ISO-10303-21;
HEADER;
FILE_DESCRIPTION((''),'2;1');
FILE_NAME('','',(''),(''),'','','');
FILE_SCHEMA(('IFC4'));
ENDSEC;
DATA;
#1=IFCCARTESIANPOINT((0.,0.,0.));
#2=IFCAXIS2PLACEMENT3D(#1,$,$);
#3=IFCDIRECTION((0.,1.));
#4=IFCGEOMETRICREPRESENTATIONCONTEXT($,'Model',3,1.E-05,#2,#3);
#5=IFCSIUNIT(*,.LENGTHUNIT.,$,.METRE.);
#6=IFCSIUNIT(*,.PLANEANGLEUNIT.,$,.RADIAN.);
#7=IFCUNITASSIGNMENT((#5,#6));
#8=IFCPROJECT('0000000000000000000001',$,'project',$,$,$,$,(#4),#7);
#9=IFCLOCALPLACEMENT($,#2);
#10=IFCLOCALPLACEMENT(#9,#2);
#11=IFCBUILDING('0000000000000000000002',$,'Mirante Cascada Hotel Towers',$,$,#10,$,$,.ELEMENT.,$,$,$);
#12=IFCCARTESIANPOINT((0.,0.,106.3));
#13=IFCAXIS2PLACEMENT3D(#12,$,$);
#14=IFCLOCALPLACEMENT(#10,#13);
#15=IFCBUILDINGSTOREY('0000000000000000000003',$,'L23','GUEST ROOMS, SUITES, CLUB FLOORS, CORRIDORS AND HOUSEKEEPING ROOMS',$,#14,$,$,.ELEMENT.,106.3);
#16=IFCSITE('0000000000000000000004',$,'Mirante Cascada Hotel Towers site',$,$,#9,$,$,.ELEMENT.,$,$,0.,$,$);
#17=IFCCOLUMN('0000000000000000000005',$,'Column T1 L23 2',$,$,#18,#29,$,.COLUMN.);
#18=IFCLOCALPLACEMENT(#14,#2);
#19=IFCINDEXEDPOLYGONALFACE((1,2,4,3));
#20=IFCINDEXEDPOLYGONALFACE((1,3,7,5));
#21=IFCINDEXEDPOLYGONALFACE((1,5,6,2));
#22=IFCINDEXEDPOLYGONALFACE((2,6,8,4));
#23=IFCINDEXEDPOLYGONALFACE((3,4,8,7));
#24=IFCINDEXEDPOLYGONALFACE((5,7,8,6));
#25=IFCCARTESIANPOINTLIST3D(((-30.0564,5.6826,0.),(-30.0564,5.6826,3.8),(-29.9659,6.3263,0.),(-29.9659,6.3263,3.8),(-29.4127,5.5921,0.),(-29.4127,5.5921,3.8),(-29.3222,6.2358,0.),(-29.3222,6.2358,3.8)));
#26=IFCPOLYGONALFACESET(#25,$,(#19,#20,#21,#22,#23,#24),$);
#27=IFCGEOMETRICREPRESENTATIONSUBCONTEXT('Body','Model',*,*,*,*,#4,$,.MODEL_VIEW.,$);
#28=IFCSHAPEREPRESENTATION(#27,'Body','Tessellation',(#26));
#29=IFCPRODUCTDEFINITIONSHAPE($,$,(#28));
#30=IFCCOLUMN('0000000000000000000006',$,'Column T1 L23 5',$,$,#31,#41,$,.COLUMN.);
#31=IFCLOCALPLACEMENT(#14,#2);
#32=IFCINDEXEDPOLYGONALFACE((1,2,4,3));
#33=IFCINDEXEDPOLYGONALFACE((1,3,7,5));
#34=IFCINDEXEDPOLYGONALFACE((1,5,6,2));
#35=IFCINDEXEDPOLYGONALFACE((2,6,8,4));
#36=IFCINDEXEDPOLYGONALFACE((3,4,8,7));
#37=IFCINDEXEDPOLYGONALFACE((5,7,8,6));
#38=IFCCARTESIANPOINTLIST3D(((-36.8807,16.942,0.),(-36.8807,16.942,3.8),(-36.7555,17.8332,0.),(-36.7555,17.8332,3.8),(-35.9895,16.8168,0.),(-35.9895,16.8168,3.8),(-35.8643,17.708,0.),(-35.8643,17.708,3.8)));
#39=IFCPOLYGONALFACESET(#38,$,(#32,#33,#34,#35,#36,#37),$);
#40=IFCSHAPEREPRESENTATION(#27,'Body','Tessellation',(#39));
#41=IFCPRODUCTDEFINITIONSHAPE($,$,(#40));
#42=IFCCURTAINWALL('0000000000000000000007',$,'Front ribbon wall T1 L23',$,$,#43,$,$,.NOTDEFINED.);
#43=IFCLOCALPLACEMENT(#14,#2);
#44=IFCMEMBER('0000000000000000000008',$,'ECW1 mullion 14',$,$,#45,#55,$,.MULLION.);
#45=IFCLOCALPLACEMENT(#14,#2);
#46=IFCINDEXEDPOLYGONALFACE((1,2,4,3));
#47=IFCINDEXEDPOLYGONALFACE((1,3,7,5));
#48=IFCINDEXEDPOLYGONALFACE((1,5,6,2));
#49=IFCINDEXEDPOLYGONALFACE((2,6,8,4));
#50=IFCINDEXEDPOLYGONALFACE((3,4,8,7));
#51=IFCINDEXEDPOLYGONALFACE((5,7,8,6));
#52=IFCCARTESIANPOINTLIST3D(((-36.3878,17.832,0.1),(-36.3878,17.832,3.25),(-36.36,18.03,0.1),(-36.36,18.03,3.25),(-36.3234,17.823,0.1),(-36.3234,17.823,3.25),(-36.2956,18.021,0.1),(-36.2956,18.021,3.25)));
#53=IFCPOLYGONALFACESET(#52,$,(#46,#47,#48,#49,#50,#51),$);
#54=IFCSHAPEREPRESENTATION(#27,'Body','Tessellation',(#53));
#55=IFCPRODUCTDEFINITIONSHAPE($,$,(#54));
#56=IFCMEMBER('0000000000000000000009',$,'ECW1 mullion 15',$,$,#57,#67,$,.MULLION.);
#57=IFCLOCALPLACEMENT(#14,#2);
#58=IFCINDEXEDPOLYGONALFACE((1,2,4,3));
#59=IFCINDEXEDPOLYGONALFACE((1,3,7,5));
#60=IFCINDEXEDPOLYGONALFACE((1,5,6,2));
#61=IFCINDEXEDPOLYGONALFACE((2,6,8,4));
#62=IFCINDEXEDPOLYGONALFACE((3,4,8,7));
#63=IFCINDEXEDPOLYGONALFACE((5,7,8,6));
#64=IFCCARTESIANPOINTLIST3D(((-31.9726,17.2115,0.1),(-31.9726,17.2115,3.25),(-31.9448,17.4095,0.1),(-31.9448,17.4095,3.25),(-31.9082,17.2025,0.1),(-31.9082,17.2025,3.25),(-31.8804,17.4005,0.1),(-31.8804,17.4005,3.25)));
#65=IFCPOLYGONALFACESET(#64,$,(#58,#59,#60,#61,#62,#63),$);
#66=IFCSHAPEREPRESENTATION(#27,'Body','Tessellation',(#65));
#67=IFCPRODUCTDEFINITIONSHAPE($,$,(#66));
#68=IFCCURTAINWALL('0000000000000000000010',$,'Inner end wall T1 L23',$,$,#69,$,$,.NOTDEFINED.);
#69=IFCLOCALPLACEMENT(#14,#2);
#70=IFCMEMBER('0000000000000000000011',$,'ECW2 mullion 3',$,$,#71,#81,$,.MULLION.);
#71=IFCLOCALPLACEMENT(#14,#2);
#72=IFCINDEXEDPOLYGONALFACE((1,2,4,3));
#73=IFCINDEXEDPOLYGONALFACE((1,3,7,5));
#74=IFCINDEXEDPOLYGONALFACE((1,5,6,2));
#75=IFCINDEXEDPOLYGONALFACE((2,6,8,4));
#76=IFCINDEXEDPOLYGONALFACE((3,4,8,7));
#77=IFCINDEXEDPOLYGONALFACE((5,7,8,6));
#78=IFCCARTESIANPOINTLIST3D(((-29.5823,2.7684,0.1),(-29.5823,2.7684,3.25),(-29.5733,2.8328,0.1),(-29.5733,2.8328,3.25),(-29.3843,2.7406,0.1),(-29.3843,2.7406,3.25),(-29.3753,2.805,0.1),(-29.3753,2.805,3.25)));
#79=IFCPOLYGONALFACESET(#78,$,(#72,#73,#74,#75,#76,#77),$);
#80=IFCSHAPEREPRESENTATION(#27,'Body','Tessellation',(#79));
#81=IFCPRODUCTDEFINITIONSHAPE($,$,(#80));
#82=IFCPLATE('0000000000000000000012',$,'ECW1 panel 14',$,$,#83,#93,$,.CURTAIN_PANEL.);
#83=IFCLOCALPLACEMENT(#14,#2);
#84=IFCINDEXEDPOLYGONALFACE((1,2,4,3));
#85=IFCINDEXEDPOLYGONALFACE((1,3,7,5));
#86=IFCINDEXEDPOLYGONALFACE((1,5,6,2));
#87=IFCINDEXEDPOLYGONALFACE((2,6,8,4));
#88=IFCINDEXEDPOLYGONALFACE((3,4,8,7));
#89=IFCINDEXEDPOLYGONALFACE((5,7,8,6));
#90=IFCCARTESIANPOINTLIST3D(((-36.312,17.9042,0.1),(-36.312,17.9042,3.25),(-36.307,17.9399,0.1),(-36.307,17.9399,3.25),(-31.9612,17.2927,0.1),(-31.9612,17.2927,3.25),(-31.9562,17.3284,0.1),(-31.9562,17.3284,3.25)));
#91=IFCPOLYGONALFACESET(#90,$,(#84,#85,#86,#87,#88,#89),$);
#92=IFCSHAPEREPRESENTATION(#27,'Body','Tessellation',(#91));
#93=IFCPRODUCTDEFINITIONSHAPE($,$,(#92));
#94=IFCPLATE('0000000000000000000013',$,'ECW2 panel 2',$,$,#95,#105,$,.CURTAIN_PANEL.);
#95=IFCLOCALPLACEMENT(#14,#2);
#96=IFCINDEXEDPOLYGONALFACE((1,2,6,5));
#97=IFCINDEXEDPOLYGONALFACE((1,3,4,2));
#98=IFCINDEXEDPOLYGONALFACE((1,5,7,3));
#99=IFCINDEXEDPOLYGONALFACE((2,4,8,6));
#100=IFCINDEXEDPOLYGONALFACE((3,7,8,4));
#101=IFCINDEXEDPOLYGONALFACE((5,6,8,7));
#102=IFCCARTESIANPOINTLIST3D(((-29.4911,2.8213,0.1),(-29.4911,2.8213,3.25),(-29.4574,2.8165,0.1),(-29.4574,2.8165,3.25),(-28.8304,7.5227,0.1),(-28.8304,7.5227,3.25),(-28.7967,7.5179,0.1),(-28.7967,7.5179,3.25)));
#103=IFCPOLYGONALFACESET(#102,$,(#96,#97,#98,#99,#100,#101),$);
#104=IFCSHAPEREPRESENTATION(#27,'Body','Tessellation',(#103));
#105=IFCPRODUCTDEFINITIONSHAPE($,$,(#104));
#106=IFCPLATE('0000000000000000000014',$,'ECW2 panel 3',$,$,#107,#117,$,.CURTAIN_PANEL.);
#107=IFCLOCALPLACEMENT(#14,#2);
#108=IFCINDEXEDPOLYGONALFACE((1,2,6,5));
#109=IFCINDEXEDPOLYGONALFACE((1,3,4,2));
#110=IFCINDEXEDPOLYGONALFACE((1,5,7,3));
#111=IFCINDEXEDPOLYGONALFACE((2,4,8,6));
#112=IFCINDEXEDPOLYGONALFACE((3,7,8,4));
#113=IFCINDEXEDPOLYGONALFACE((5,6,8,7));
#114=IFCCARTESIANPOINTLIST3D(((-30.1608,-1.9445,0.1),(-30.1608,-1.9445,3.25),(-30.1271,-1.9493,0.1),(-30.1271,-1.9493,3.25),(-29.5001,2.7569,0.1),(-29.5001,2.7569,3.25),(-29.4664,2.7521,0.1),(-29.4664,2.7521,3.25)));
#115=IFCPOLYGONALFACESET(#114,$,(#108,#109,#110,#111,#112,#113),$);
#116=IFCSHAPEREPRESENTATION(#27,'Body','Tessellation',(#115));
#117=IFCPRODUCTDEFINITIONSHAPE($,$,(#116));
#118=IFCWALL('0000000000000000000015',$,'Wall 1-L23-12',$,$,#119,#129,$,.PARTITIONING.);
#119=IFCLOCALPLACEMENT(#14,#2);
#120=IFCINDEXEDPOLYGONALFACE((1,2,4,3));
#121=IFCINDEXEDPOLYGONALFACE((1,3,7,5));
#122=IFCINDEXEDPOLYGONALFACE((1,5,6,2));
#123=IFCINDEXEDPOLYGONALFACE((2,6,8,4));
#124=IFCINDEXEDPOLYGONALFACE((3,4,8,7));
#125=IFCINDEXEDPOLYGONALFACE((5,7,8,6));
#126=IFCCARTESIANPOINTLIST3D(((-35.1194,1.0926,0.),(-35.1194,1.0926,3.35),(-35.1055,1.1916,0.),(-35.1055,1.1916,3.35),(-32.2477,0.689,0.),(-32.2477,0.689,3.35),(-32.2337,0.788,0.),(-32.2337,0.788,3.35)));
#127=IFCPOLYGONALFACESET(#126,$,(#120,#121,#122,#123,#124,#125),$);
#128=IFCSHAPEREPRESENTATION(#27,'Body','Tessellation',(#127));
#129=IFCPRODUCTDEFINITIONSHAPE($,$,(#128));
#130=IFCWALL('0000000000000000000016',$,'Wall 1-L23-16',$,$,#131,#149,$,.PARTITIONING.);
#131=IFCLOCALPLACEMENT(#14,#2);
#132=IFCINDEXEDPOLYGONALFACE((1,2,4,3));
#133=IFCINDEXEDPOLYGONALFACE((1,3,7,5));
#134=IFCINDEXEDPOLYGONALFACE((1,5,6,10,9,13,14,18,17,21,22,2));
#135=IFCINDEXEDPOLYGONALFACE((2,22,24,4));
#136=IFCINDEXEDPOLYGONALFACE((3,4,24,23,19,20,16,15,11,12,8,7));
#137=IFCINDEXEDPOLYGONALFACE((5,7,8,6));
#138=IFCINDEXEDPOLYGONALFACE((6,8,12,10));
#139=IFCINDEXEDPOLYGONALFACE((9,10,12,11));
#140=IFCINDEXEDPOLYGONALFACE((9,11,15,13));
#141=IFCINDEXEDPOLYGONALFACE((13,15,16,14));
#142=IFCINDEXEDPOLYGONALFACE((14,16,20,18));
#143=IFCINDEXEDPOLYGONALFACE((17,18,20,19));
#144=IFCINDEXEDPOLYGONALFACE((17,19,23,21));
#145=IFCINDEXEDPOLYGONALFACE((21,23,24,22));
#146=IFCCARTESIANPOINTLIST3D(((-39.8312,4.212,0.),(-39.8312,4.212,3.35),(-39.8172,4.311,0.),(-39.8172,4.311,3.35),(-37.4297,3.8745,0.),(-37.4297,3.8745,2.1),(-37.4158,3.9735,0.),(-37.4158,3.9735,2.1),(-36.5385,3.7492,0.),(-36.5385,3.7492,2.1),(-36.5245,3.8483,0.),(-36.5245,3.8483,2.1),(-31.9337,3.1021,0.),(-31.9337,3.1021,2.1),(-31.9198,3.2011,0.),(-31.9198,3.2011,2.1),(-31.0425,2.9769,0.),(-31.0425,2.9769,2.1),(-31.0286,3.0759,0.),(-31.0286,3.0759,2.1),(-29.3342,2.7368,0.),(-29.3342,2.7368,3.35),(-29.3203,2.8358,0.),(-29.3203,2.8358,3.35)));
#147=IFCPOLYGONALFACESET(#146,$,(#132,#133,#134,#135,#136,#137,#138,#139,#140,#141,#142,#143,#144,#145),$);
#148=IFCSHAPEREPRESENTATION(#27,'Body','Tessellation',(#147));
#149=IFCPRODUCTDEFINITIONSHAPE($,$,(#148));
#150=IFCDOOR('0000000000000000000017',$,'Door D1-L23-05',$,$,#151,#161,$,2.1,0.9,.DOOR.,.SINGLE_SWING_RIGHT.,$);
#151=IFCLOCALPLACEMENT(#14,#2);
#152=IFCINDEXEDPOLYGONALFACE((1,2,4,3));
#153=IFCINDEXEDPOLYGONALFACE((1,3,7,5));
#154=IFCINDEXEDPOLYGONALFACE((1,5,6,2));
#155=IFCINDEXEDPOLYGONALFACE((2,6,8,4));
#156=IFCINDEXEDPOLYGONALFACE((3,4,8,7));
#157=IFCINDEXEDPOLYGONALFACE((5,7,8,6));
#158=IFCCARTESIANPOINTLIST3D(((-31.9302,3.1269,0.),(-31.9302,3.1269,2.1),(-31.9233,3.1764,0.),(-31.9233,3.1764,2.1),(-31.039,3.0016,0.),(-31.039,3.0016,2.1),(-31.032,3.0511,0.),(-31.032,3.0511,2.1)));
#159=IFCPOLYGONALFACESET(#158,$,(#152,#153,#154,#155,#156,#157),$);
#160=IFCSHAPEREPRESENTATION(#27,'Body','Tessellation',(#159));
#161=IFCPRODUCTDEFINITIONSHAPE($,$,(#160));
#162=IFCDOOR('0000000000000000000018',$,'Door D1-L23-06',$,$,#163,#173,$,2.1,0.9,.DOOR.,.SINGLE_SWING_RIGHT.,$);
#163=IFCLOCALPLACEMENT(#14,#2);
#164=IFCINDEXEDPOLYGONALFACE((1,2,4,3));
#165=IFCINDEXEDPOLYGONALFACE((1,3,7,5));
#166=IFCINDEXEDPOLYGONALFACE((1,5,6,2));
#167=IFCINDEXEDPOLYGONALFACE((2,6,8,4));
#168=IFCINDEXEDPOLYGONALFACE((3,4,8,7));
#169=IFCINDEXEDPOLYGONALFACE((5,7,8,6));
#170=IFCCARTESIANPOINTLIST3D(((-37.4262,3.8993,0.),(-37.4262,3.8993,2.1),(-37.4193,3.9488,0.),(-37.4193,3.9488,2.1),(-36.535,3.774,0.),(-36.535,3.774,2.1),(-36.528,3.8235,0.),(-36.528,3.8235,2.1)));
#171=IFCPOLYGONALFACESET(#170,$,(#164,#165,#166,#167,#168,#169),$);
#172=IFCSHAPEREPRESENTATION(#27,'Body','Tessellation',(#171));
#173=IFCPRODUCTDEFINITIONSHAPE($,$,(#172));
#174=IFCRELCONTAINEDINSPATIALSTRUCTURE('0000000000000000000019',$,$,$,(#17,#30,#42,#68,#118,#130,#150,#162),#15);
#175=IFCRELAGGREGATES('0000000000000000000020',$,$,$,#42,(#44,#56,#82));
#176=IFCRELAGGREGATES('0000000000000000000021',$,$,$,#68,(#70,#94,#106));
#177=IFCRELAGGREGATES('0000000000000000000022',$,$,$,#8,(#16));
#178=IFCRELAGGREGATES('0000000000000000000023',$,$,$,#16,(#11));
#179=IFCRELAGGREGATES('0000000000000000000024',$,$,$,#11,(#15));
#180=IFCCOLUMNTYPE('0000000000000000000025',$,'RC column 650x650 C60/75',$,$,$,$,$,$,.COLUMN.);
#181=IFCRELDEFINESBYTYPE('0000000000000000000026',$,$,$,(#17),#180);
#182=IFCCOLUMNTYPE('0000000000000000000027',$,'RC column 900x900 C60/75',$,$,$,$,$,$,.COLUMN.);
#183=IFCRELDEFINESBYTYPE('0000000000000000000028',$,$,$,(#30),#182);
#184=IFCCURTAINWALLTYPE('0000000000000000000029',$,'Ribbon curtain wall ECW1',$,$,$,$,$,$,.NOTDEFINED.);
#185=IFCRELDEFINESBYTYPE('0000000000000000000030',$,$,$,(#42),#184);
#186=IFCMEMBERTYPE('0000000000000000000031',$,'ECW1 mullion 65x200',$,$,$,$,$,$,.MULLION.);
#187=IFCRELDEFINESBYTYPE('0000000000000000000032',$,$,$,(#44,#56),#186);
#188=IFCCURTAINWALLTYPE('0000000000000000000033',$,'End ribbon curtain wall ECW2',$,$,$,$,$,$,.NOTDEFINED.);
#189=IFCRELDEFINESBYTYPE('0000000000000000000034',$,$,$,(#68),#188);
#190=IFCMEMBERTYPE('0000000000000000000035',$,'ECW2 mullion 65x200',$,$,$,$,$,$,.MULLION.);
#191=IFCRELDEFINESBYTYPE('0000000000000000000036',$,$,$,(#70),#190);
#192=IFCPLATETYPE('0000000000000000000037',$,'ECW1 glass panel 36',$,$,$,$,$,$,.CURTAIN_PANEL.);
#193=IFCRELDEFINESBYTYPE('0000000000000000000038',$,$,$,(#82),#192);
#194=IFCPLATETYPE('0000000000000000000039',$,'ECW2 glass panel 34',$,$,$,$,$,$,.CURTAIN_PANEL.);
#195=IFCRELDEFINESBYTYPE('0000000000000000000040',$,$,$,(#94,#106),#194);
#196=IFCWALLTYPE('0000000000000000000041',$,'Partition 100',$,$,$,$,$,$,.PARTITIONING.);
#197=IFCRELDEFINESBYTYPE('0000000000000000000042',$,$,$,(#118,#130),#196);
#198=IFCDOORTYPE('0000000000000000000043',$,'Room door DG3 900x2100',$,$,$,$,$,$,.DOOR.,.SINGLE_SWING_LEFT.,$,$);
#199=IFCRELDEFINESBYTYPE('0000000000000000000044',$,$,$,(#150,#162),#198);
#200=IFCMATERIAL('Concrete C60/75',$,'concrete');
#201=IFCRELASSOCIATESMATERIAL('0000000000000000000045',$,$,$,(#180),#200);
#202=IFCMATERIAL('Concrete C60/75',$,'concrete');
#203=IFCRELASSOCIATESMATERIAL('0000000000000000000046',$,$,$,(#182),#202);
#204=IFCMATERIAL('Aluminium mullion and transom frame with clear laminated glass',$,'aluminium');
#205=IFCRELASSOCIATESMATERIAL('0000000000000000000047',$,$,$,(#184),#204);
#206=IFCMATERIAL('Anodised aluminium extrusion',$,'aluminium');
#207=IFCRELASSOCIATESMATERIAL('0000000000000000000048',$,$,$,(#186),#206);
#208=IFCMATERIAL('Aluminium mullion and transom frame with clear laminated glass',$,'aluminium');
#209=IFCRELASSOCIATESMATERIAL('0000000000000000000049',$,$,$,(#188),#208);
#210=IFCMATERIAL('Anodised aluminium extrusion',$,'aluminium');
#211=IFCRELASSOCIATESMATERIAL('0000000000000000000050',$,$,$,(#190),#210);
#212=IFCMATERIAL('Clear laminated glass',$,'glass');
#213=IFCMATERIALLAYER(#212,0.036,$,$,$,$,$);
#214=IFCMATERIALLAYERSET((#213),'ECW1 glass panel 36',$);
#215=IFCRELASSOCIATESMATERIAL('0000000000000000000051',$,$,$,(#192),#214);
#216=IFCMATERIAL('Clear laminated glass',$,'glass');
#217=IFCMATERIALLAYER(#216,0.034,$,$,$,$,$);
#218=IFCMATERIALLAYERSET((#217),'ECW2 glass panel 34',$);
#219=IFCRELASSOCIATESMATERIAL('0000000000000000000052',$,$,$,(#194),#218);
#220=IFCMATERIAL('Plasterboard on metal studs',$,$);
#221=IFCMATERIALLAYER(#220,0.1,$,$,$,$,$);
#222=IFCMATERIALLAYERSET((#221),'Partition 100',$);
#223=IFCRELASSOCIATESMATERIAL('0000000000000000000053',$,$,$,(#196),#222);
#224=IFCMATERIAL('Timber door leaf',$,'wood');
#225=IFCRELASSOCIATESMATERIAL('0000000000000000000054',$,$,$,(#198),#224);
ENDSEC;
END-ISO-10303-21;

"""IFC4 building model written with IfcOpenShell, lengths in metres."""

from ifc_helpers import new_model, si_unit, direction, frame, frame_2d, origin, origin_2d, place, context, subcontext, project, spatial, rectangle, extrude, material, layer, layer_set, material_profile, profile_set, type_object, element, fill, aggregate, save


model = new_model("IFC4")

# Units and contexts
model_context = context("Model", 3, precision=1e-05, world=origin(), true_north=direction((0.0, 1.0)))
body_context = subcontext(model_context, "Body", "Model", "MODEL_VIEW")
ifc_project = project(units=[si_unit("LENGTHUNIT", "METRE"), si_unit("PLANEANGLEUNIT", "RADIAN")], contexts=[model_context])

# Site, building, storey
site_placement = place(None, origin())
site = spatial("IfcSite", under=ifc_project, at=site_placement, Name="Mirante Cascada Hotel Towers site", CompositionType="ELEMENT", RefElevation=0.0)
building_placement = place(site_placement, origin())
building = spatial("IfcBuilding", under=site, at=building_placement, Name="Mirante Cascada Hotel Towers", CompositionType="ELEMENT")
storey_placement = place(building_placement, frame((0.0, 0.0, 106.3)))
storey = spatial("IfcBuildingStorey", under=building, at=storey_placement, Name="L23", Description="GUEST ROOMS, SUITES, CLUB FLOORS, CORRIDORS AND HOUSEKEEPING ROOMS", CompositionType="ELEMENT", Elevation=106.3)

# Columns
ifc_material_1 = material(Name="Concrete C60/75", Category="concrete")
ifc_material_profile_1 = material_profile(ifc_material_1, rectangle(XDim=0.65, YDim=0.65, at=origin_2d()), Name="RC column 650x650 C60/75")
ifc_profile_set_1 = profile_set([ifc_material_profile_1], Name="Concrete C60/75")
column_type_1 = type_object("IfcColumnType", Name="RC column 650x650 C60/75", PredefinedType="COLUMN", material=ifc_profile_set_1)
column_1_placement = place(storey_placement, frame((-29.6893, 5.9592, 0.0), z_axis=(0.0, 0.0, 1.0), x_axis=(-0.990268, 0.139173, 0.0)))
element("IfcColumn", 1, at=column_1_placement, inside=storey, type_object=column_type_1, Name="Column T1 L23 2", PredefinedType="COLUMN", context=body_context, shape_type="SweptSolid", body=[
    extrude(rectangle(XDim=0.65, YDim=0.65, at=origin_2d()), origin(), (0.0, 0.0, 1.0), 3.8),
])
ifc_material_2 = material(Name="Concrete C60/75", Category="concrete")
ifc_material_profile_2 = material_profile(ifc_material_2, rectangle(XDim=0.9, YDim=0.9, at=origin_2d()), Name="RC column 900x900 C60/75")
ifc_profile_set_2 = profile_set([ifc_material_profile_2], Name="Concrete C60/75")
column_type_2 = type_object("IfcColumnType", Name="RC column 900x900 C60/75", PredefinedType="COLUMN", material=ifc_profile_set_2)
column_2_placement = place(storey_placement, frame((-36.3725, 17.325, 0.0), z_axis=(0.0, 0.0, 1.0), x_axis=(-0.990268, 0.139173, 0.0)))
element("IfcColumn", 2, at=column_2_placement, inside=storey, type_object=column_type_2, Name="Column T1 L23 5", PredefinedType="COLUMN", context=body_context, shape_type="SweptSolid", body=[
    extrude(rectangle(XDim=0.9, YDim=0.9, at=origin_2d()), origin(), (0.0, 0.0, 1.0), 3.8),
])

# Curtain wall, members
ifc_material_3 = material(Name="Aluminium mullion and transom frame with clear laminated glass", Category="aluminium")
curtain_wall_type_1 = type_object("IfcCurtainWallType", Name="Ribbon curtain wall ECW1", PredefinedType="NOTDEFINED", material=ifc_material_3)
curtain_wall_1_placement = place(storey_placement, origin())
curtain_wall_1 = element("IfcCurtainWall", 3, at=curtain_wall_1_placement, inside=storey, type_object=curtain_wall_type_1, Name="Front ribbon wall T1 L23", PredefinedType="NOTDEFINED")
ifc_material_4 = material(Name="Anodised aluminium extrusion", Category="aluminium")
ifc_material_profile_3 = material_profile(ifc_material_4, rectangle(XDim=0.2, YDim=0.065, at=origin_2d()), Name="ECW1 MULLION 65x200")
ifc_profile_set_3 = profile_set([ifc_material_profile_3], Name="Anodised aluminium extrusion")
member_type_1 = type_object("IfcMemberType", Name="ECW1 mullion 65x200", PredefinedType="MULLION", material=ifc_profile_set_3)
member_1_placement = place(storey_placement, frame((-36.3417, 17.9265, 0.1), z_axis=(0.0, 0.0, 1.0), x_axis=(0.139173, 0.990268, 0.0)))
member_1 = element("IfcMember", 4, at=member_1_placement, type_object=member_type_1, Name="ECW1 mullion 14", PredefinedType="MULLION", context=body_context, shape_type="SweptSolid", body=[
    extrude(rectangle(XDim=0.2, YDim=0.065, at=origin_2d()), origin(), (0.0, 0.0, 1.0), 3.15),
])
member_2_placement = place(storey_placement, frame((-31.9265, 17.306, 0.1), z_axis=(0.0, 0.0, 1.0), x_axis=(0.139173, 0.990268, 0.0)))
member_2 = element("IfcMember", 5, at=member_2_placement, type_object=member_type_1, Name="ECW1 mullion 15", PredefinedType="MULLION", context=body_context, shape_type="SweptSolid", body=[
    extrude(rectangle(XDim=0.2, YDim=0.065, at=origin_2d()), origin(), (0.0, 0.0, 1.0), 3.15),
])

# Curtain wall, member
ifc_material_5 = material(Name="Aluminium mullion and transom frame with clear laminated glass", Category="aluminium")
curtain_wall_type_2 = type_object("IfcCurtainWallType", Name="End ribbon curtain wall ECW2", PredefinedType="NOTDEFINED", material=ifc_material_5)
curtain_wall_2_placement = place(storey_placement, origin())
curtain_wall_2 = element("IfcCurtainWall", 6, at=curtain_wall_2_placement, inside=storey, type_object=curtain_wall_type_2, Name="Inner end wall T1 L23", PredefinedType="NOTDEFINED")
ifc_material_6 = material(Name="Anodised aluminium extrusion", Category="aluminium")
ifc_material_profile_4 = material_profile(ifc_material_6, rectangle(XDim=0.2, YDim=0.065, at=origin_2d()), Name="ECW2 MULLION 65x200")
ifc_profile_set_4 = profile_set([ifc_material_profile_4], Name="Anodised aluminium extrusion")
member_type_2 = type_object("IfcMemberType", Name="ECW2 mullion 65x200", PredefinedType="MULLION", material=ifc_profile_set_4)
member_3_placement = place(storey_placement, frame((-29.4788, 2.7867, 0.1), z_axis=(0.0, 0.0, 1.0), x_axis=(0.990268, -0.139173, 0.0)))
member_3 = element("IfcMember", 7, at=member_3_placement, type_object=member_type_2, Name="ECW2 mullion 3", PredefinedType="MULLION", context=body_context, shape_type="SweptSolid", body=[
    extrude(rectangle(XDim=0.2, YDim=0.065, at=origin_2d()), origin(), (0.0, 0.0, 1.0), 3.15),
])

# Plates
ifc_material_7 = material(Name="Clear laminated glass", Category="glass")
ifc_layer_1 = layer(ifc_material_7, 0.036)
ifc_layer_set_1 = layer_set([ifc_layer_1], Name="ECW1 glass panel 36")
plate_type_1 = type_object("IfcPlateType", Name="ECW1 glass panel 36", PredefinedType="CURTAIN_PANEL", material=ifc_layer_set_1)
plate_1_placement = place(storey_placement, frame((-34.1341, 17.6163, 0.1), z_axis=(0.0, 0.0, 1.0), x_axis=(0.990268, -0.139173, 0.0)))
plate_1 = element("IfcPlate", 8, at=plate_1_placement, type_object=plate_type_1, Name="ECW1 panel 14", PredefinedType="CURTAIN_PANEL", context=body_context, shape_type="SweptSolid", body=[
    extrude(rectangle(XDim=4.3936, YDim=0.036, at=origin_2d()), origin(), (0.0, 0.0, 1.0), 3.15),
])
aggregate(curtain_wall_1, [member_1, member_2, plate_1])
ifc_material_8 = material(Name="Clear laminated glass", Category="glass")
ifc_layer_2 = layer(ifc_material_8, 0.034)
ifc_layer_set_2 = layer_set([ifc_layer_2], Name="ECW2 glass panel 34")
plate_type_2 = type_object("IfcPlateType", Name="ECW2 glass panel 34", PredefinedType="CURTAIN_PANEL", material=ifc_layer_set_2)
plate_2_placement = place(storey_placement, frame((-29.1439, 5.1696, 0.1), z_axis=(0.0, 0.0, 1.0), x_axis=(-0.139173, -0.990268, 0.0)))
plate_2 = element("IfcPlate", 9, at=plate_2_placement, type_object=plate_type_2, Name="ECW2 panel 2", PredefinedType="CURTAIN_PANEL", context=body_context, shape_type="SweptSolid", body=[
    extrude(rectangle(XDim=4.7476, YDim=0.034, at=origin_2d()), origin(), (0.0, 0.0, 1.0), 3.15),
])
plate_3_placement = place(storey_placement, frame((-29.8136, 0.4038, 0.1), z_axis=(0.0, 0.0, 1.0), x_axis=(-0.139173, -0.990268, 0.0)))
plate_3 = element("IfcPlate", 10, at=plate_3_placement, type_object=plate_type_2, Name="ECW2 panel 3", PredefinedType="CURTAIN_PANEL", context=body_context, shape_type="SweptSolid", body=[
    extrude(rectangle(XDim=4.7476, YDim=0.034, at=origin_2d()), origin(), (0.0, 0.0, 1.0), 3.15),
])
aggregate(curtain_wall_2, [member_3, plate_2, plate_3])

# Wall
ifc_material_9 = material(Name="Plasterboard on metal studs")
ifc_layer_3 = layer(ifc_material_9, 0.1)
ifc_layer_set_3 = layer_set([ifc_layer_3], Name="Partition 100")
wall_type_1 = type_object("IfcWallType", Name="Partition 100", PredefinedType="PARTITIONING", material=ifc_layer_set_3)
wall_1_placement = place(storey_placement, frame((-32.2407, 0.7385, 0.0), z_axis=(0.0, 0.0, 1.0), x_axis=(-0.990268, 0.139171, 0.0)))
element("IfcWall", 11, at=wall_1_placement, inside=storey, type_object=wall_type_1, Name="Wall 1-L23-12", PredefinedType="PARTITIONING", context=body_context, shape_type="SweptSolid", body=[
    extrude(rectangle(XDim=2.9, YDim=0.1, at=frame_2d((1.45, 0.0))), origin(), (0.0, 0.0, 1.0), 3.35),
])

# Wall, openings, doors
wall_2_placement = place(storey_placement, frame((-29.3273, 2.7863, 0.0), z_axis=(0.0, 0.0, 1.0), x_axis=(-0.990269, 0.139169, 0.0)))
wall_2 = element("IfcWall", 12, at=wall_2_placement, inside=storey, type_object=wall_type_1, Name="Wall 1-L23-16", PredefinedType="PARTITIONING", context=body_context, shape_type="SweptSolid", body=[
    extrude(rectangle(XDim=10.6001, YDim=0.1, at=frame_2d((5.3, 0.0))), origin(), (0.0, 0.0, 1.0), 3.35),
])
opening_1_placement = place(wall_2_placement, frame((1.725, 0.0, 0.0)))
opening_1 = element("IfcOpeningElement", 13, at=opening_1_placement, cuts=wall_2, PredefinedType="OPENING", context=body_context, shape_type="SweptSolid", body=[
    extrude(rectangle(XDim=0.9, YDim=2.1, at=frame_2d((0.45, 1.05))), frame((0.0, 0.05, 0.0), z_axis=(0.0, -1.0, 0.0), x_axis=(1.0, 0.0, 0.0)), (0.0, 0.0, 1.0), 0.1),
])
opening_2_placement = place(wall_2_placement, frame((7.275, 0.0, 0.0)))
opening_2 = element("IfcOpeningElement", 14, at=opening_2_placement, cuts=wall_2, PredefinedType="OPENING", context=body_context, shape_type="SweptSolid", body=[
    extrude(rectangle(XDim=0.9, YDim=2.1, at=frame_2d((0.45, 1.05))), frame((0.0, 0.05, 0.0), z_axis=(0.0, -1.0, 0.0), x_axis=(1.0, 0.0, 0.0)), (0.0, 0.0, 1.0), 0.1),
])
ifc_material_10 = material(Name="Timber door leaf", Category="wood")
door_type_1 = type_object("IfcDoorType", Name="Room door DG3 900x2100", OperationType="SINGLE_SWING_LEFT", PredefinedType="DOOR", material=ifc_material_10)
door_1_placement = place(opening_1_placement, frame((0.9, 0.0, 0.0), z_axis=(0.0, 0.0, 1.0), x_axis=(-1.0, 0.0, 0.0)))
door_1 = element("IfcDoor", 15, at=door_1_placement, inside=storey, type_object=door_type_1, Name="Door D1-L23-05", OperationType="SINGLE_SWING_RIGHT", OverallHeight=2.1, OverallWidth=0.9, PredefinedType="DOOR", context=body_context, shape_type="SweptSolid", body=[
    extrude(rectangle(XDim=0.9, YDim=2.1, at=frame_2d((0.45, 1.05))), frame((0.0, 0.025, 0.0), z_axis=(0.0, -1.0, 0.0), x_axis=(1.0, 0.0, 0.0)), (0.0, 0.0, 1.0), 0.05),
])
fill(opening_1, door_1)
door_2_placement = place(opening_2_placement, frame((0.9, 0.0, 0.0), z_axis=(0.0, 0.0, 1.0), x_axis=(-1.0, 0.0, 0.0)))
door_2 = element("IfcDoor", 16, at=door_2_placement, inside=storey, type_object=door_type_1, Name="Door D1-L23-06", OperationType="SINGLE_SWING_RIGHT", OverallHeight=2.1, OverallWidth=0.9, PredefinedType="DOOR", context=body_context, shape_type="SweptSolid", body=[
    extrude(rectangle(XDim=0.9, YDim=2.1, at=frame_2d((0.45, 1.05))), frame((0.0, 0.025, 0.0), z_axis=(0.0, -1.0, 0.0), x_axis=(1.0, 0.0, 0.0)), (0.0, 0.0, 1.0), 0.05),
])
fill(opening_2, door_2)

save(model, "model.ifc")
